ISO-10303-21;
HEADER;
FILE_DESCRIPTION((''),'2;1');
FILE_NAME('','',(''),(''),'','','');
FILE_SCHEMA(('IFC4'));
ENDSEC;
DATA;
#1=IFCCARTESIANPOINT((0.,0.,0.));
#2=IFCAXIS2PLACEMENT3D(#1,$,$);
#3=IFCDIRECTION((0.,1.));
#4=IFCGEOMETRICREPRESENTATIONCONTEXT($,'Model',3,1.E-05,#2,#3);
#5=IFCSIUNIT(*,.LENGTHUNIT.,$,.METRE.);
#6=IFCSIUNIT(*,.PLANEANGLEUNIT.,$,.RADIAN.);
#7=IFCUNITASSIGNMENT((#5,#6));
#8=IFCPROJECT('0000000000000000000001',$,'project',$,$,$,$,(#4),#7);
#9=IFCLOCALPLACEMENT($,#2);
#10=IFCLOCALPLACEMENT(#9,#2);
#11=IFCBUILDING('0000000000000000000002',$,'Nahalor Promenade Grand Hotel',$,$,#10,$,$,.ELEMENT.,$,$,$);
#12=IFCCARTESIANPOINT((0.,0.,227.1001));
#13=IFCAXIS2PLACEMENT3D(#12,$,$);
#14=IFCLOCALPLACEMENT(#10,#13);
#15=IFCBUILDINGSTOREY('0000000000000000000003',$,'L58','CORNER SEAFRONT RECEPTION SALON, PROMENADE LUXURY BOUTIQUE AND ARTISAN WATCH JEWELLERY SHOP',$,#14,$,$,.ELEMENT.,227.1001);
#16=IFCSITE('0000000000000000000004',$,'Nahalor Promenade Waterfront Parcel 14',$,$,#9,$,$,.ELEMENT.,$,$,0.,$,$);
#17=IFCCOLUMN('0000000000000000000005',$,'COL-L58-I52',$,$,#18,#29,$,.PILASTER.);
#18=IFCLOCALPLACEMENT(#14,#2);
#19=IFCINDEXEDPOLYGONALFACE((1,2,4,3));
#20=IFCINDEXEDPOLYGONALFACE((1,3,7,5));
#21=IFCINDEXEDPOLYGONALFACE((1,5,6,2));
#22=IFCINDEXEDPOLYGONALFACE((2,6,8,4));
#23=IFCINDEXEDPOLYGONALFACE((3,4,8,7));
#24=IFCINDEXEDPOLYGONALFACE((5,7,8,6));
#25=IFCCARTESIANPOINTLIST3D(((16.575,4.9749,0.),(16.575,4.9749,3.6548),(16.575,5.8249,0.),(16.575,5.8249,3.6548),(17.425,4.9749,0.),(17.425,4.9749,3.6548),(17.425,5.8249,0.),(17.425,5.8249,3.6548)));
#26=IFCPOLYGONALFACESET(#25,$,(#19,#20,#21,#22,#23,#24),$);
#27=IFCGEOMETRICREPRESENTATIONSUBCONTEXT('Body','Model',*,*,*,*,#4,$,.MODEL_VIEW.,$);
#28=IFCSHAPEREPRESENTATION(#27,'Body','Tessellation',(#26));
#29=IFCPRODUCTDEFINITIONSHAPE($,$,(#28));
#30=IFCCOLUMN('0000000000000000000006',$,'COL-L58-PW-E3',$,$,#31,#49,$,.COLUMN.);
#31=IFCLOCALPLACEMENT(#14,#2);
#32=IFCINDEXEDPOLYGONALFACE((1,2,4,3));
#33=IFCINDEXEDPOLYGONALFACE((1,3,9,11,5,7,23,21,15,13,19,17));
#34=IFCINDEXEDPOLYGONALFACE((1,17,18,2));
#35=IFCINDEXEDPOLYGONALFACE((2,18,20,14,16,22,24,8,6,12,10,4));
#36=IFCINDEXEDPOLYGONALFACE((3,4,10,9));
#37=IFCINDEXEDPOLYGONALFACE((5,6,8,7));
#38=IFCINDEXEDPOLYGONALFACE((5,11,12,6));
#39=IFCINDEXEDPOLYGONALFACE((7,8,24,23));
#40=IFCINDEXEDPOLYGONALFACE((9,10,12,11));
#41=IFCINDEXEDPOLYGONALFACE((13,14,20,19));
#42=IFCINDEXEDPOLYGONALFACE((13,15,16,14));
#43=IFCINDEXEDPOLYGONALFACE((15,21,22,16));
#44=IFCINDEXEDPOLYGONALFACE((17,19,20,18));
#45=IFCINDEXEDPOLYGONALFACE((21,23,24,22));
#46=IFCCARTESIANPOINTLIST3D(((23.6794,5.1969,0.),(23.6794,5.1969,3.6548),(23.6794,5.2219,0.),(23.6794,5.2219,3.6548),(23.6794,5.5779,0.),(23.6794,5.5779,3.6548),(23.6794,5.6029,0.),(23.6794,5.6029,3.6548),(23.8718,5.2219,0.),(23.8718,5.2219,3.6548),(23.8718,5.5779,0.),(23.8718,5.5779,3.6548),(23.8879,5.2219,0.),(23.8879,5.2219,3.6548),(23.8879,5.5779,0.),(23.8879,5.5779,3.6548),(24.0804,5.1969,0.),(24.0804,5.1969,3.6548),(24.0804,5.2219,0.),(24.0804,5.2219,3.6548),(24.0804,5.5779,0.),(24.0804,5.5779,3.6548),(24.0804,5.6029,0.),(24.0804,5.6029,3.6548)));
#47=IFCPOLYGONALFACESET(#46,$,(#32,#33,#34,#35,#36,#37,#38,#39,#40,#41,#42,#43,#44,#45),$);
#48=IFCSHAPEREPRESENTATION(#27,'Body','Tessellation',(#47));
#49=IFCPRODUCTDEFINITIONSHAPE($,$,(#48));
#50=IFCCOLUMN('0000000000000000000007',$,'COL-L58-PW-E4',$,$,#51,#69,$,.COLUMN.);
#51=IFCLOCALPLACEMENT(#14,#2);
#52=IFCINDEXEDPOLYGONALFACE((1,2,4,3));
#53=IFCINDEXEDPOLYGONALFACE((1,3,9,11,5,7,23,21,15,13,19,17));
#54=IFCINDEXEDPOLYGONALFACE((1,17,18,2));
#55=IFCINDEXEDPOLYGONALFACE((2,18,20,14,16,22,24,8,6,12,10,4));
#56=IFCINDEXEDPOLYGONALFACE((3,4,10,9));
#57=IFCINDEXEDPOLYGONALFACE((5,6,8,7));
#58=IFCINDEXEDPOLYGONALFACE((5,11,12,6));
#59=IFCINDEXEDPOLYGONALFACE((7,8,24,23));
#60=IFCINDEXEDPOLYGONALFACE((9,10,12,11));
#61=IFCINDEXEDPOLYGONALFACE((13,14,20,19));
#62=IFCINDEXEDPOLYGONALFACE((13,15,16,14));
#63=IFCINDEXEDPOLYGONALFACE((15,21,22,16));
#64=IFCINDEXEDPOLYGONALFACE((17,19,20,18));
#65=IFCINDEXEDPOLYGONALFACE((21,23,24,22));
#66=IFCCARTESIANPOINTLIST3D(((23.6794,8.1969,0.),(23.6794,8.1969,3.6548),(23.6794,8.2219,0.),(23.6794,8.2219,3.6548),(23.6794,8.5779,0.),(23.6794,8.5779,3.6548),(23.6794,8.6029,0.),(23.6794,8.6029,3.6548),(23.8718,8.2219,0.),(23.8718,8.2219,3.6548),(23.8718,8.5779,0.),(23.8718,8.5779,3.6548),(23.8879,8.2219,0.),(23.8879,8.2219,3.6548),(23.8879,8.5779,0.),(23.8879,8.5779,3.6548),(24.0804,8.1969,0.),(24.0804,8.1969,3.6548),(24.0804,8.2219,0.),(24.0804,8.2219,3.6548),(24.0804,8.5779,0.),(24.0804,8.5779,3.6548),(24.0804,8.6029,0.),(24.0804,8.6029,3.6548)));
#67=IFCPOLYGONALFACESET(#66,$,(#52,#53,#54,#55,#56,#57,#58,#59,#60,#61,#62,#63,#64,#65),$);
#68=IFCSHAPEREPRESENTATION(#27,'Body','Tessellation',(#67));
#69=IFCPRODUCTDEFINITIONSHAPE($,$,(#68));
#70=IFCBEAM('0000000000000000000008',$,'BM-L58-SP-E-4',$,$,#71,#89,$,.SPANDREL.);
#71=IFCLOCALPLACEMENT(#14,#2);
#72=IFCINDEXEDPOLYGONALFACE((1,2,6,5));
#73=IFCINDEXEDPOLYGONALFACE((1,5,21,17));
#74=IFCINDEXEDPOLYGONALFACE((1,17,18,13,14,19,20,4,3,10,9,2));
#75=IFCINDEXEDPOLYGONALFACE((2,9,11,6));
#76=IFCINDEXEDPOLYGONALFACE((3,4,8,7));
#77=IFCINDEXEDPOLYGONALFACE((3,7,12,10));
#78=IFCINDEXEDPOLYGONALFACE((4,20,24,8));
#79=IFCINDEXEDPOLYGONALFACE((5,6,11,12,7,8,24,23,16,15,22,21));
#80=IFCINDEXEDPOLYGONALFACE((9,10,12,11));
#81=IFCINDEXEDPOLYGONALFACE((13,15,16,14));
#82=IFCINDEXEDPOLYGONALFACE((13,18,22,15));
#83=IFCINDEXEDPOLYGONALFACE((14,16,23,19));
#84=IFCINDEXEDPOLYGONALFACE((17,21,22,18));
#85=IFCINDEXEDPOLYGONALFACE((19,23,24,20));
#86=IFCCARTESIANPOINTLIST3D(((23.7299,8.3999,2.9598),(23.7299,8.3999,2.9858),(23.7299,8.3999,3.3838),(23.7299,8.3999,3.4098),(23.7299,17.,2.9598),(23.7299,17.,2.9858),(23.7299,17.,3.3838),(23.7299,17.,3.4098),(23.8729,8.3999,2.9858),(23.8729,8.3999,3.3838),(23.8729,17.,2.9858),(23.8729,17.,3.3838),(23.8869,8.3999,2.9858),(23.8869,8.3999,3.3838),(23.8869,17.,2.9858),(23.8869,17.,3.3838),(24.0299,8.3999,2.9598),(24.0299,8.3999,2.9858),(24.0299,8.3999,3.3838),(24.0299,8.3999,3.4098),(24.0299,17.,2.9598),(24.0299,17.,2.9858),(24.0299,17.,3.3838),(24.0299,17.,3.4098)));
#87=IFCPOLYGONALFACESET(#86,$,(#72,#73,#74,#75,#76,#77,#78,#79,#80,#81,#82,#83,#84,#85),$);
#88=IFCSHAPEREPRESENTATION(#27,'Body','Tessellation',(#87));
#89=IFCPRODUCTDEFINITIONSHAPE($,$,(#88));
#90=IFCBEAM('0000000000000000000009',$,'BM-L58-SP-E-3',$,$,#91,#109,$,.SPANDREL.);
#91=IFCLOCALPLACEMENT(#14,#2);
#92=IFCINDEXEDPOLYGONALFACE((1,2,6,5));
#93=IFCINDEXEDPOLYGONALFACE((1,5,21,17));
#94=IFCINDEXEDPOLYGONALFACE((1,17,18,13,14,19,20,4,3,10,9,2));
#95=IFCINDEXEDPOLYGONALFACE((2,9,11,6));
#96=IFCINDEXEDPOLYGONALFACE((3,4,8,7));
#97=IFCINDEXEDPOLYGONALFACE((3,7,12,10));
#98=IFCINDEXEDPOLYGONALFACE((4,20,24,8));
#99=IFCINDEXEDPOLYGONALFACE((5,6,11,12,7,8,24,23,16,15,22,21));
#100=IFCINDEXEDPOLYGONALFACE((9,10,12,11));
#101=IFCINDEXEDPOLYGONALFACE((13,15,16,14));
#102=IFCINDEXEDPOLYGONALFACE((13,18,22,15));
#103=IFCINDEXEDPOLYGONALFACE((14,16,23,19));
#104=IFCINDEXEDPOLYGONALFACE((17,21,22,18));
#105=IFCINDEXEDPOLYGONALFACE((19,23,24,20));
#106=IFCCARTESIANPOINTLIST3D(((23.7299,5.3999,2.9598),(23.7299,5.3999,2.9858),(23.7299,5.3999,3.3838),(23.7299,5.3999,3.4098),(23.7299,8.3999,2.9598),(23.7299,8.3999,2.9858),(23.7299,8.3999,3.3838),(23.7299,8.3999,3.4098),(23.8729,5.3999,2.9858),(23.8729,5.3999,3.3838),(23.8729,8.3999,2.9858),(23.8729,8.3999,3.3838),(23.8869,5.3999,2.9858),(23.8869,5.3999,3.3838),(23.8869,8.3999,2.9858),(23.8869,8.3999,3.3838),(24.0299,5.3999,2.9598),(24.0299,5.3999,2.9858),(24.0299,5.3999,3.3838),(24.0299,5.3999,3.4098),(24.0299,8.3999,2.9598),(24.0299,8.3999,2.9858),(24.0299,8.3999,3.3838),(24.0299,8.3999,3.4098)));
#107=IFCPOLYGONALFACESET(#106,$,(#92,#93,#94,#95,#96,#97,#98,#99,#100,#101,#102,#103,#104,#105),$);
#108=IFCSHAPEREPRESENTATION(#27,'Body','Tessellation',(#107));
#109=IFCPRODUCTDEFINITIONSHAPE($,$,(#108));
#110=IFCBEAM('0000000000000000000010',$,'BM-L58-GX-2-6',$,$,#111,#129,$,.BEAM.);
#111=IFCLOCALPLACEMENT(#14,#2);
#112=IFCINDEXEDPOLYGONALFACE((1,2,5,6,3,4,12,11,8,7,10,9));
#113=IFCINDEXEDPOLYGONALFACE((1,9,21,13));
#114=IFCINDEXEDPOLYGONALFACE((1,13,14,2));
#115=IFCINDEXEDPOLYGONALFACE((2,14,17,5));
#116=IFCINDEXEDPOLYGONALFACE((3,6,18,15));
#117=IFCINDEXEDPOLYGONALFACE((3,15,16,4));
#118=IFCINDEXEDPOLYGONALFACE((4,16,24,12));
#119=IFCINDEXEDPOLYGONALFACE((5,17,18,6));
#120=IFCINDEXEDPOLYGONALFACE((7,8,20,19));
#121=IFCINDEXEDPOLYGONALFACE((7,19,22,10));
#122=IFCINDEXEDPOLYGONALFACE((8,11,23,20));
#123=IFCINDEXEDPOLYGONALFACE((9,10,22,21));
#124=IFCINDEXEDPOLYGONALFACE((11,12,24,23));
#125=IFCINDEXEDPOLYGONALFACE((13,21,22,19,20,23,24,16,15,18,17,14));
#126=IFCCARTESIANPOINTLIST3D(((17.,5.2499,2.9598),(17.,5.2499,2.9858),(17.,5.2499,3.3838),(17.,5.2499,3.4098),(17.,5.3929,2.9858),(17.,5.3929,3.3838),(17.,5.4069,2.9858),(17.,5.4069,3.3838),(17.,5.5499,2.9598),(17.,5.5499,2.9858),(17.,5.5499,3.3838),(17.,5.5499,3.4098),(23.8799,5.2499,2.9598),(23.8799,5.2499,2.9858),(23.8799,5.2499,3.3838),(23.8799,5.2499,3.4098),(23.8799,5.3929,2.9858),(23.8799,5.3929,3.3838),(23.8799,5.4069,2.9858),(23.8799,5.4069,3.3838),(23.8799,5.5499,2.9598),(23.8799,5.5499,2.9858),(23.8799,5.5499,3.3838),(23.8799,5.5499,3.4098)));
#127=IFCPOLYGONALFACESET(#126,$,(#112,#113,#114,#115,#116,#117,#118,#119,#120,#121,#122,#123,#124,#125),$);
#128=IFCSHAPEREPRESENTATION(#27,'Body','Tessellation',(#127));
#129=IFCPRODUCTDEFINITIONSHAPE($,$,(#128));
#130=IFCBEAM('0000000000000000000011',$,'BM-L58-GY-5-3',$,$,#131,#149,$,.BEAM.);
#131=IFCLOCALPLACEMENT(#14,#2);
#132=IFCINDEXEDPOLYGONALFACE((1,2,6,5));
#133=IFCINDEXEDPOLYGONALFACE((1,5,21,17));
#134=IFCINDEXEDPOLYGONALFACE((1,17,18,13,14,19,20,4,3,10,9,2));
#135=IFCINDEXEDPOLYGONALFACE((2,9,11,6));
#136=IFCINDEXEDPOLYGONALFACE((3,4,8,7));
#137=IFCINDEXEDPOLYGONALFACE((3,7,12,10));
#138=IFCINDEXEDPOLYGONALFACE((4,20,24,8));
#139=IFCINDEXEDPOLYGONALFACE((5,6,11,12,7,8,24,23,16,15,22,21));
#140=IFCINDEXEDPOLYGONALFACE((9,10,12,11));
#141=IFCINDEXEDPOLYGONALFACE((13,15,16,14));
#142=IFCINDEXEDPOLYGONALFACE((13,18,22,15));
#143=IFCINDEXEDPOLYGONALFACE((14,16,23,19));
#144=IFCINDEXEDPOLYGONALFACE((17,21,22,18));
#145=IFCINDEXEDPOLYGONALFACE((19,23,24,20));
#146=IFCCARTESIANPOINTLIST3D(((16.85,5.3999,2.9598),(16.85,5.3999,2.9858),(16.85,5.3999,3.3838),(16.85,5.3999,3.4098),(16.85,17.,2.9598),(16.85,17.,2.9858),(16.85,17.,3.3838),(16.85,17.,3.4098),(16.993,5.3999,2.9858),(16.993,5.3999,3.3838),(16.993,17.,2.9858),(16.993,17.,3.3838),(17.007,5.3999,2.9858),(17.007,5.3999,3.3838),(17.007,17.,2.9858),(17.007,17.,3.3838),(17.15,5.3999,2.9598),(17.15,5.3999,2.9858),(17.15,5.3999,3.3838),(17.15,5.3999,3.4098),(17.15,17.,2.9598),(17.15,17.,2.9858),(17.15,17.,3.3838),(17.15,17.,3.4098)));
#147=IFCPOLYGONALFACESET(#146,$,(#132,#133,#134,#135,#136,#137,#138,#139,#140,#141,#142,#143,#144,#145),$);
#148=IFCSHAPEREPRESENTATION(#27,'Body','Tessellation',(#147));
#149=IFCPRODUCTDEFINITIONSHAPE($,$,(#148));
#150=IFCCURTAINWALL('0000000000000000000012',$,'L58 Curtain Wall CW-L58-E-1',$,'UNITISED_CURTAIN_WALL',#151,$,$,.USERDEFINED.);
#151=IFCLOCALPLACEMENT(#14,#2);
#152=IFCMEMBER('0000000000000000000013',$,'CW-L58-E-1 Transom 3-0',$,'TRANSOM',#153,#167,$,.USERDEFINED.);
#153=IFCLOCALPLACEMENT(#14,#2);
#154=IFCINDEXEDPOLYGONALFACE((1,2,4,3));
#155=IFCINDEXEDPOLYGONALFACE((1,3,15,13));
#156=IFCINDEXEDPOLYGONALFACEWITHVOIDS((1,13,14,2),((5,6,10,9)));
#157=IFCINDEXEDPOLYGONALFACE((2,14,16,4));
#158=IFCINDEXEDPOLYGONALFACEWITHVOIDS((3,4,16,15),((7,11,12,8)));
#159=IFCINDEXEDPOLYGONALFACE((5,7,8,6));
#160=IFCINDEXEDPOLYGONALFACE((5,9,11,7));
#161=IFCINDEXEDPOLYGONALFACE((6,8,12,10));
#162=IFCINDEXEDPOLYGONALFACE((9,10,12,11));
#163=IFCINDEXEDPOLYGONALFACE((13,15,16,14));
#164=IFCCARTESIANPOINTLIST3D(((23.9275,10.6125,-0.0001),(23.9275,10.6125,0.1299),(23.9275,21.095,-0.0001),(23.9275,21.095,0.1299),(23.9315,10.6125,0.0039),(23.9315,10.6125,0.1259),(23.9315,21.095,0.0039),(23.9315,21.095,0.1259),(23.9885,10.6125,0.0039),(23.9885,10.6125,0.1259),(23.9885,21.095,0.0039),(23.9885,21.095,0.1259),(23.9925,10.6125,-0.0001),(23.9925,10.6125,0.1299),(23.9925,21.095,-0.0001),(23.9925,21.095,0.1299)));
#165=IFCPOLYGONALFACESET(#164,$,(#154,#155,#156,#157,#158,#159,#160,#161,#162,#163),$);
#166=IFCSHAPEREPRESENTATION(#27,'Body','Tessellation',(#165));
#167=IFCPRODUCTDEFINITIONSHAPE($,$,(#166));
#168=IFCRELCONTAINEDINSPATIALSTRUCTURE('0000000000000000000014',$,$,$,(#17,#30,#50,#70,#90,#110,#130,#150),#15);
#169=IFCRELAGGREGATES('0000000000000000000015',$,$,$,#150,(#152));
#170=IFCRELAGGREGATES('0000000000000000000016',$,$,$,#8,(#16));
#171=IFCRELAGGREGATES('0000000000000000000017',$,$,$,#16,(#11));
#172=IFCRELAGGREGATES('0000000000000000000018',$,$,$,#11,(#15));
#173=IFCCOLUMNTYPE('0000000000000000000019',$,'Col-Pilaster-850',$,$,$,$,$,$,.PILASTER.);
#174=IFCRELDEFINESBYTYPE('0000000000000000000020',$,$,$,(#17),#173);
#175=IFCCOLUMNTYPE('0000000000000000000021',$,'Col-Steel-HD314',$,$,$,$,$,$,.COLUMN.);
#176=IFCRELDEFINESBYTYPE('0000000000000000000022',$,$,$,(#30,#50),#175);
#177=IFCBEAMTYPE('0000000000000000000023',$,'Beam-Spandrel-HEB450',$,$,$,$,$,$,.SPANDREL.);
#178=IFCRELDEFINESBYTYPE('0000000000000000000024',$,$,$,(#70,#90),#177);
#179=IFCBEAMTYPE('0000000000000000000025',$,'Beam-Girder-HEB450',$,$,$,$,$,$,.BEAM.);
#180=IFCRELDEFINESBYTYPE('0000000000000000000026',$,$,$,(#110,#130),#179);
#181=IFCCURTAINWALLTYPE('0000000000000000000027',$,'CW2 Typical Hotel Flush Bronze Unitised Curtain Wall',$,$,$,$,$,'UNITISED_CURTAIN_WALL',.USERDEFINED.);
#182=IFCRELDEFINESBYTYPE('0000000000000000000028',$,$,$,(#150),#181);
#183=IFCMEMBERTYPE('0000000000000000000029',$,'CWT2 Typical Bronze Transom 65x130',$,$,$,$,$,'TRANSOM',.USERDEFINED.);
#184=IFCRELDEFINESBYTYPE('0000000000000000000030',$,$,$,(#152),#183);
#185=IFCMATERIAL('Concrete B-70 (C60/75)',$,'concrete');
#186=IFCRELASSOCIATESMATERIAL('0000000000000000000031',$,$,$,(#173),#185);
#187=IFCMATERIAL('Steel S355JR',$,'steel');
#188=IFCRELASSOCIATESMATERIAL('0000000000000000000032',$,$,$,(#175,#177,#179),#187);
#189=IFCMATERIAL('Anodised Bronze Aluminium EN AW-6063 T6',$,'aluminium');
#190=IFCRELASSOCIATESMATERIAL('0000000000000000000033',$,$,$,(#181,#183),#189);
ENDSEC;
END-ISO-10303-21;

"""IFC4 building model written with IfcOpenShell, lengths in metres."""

from ifc_helpers import new_model, si_unit, direction, frame, origin, origin_2d, place, context, subcontext, project, spatial, rectangle, hollow_rectangle, i_section, extrude, source, transform, mapped, material, material_profile, profile_set, type_object, element, aggregate, save


model = new_model("IFC4")

# Units and contexts
model_context = context("Model", 3, precision=1e-05, world=origin(), true_north=direction((0.0, 1.0)))
body_context = subcontext(model_context, "Body", "Model", "MODEL_VIEW")
ifc_project = project(units=[si_unit("LENGTHUNIT", "METRE"), si_unit("PLANEANGLEUNIT", "RADIAN")], contexts=[model_context])

# Site, building, storey
site_placement = place(None, origin())
site = spatial("IfcSite", under=ifc_project, at=site_placement, Name="Nahalor Promenade Waterfront Parcel 14", CompositionType="ELEMENT", RefElevation=0.0)
building_placement = place(site_placement, origin())
building = spatial("IfcBuilding", under=site, at=building_placement, Name="Nahalor Promenade Grand Hotel", CompositionType="ELEMENT")
storey_placement = place(building_placement, frame((0.0, 0.0, 227.1001)))
storey = spatial("IfcBuildingStorey", under=building, at=storey_placement, Name="L58", Description="CORNER SEAFRONT RECEPTION SALON, PROMENADE LUXURY BOUTIQUE AND ARTISAN WATCH JEWELLERY SHOP", CompositionType="ELEMENT", Elevation=227.1001)

# Columns
ifc_material_1 = material(Name="Concrete B-70 (C60/75)", Category="concrete")
ifc_material_profile_1 = material_profile(ifc_material_1, rectangle(XDim=0.85, YDim=0.85, at=origin_2d()), Name="RC 850x850")
ifc_profile_set_1 = profile_set([ifc_material_profile_1], Name="Concrete B-70 (C60/75)")
column_type_1 = type_object("IfcColumnType", Name="Col-Pilaster-850", PredefinedType="PILASTER", material=ifc_profile_set_1)
shared_shape_1 = source(origin(), body_context, "Body", "SweptSolid", [
    extrude(rectangle(XDim=0.85, YDim=0.85, at=origin_2d()), origin(), (0.0, 0.0, 1.0), 3.6548),
])
column_placement = place(storey_placement, frame((17.0, 5.3999, 0.0), z_axis=(0.0, 0.0, 1.0), x_axis=(1.0, 0.0, 0.0)))
element("IfcColumn", 1, at=column_placement, inside=storey, type_object=column_type_1, Name="COL-L58-I52", PredefinedType="PILASTER", context=body_context, shape_type="MappedRepresentation", body=[
    mapped(shared_shape_1, transform((0.0, 0.0, 0.0), scale=1.0)),
])
ifc_material_2 = material(Name="Steel S355JR", Category="steel")
ifc_material_profile_2 = material_profile(ifc_material_2, i_section(OverallWidth=0.401, OverallDepth=0.406, WebThickness=0.0161, FlangeThickness=0.025, at=origin_2d()), Name="HD 400x314")
ifc_profile_set_2 = profile_set([ifc_material_profile_2], Name="Steel S355JR")
column_type_2 = type_object("IfcColumnType", Name="Col-Steel-HD314", PredefinedType="COLUMN", material=ifc_profile_set_2)
shared_shape_2 = source(origin(), body_context, "Body", "SweptSolid", [
    extrude(i_section(OverallWidth=0.401, OverallDepth=0.406, WebThickness=0.0161, FlangeThickness=0.025, at=origin_2d()), origin(), (0.0, 0.0, 1.0), 3.6548),
])
for number, where, z_axis, x_axis, name in (
    (2, (23.8799, 5.3999, 0.0), (0.0, 0.0, 1.0), (1.0, 0.0, 0.0), "COL-L58-PW-E3"),
    (3, (23.8799, 8.3999, 0.0), (0.0, 0.0, 1.0), (1.0, 0.0, 0.0), "COL-L58-PW-E4"),
):
    element("IfcColumn", number, at=place(storey_placement, frame(where, z_axis=z_axis, x_axis=x_axis)), inside=storey, type_object=column_type_2, Name=name, PredefinedType="COLUMN", context=body_context, shape_type="MappedRepresentation", body=[
        mapped(shared_shape_2, transform((0.0, 0.0, 0.0), scale=1.0)),
    ])

# Beams
ifc_material_profile_3 = material_profile(ifc_material_2, i_section(OverallWidth=0.3, OverallDepth=0.45, WebThickness=0.014, FlangeThickness=0.026, at=origin_2d()), Name="HEB 450")
ifc_profile_set_3 = profile_set([ifc_material_profile_3], Name="Steel S355JR")
beam_type_1 = type_object("IfcBeamType", Name="Beam-Spandrel-HEB450", PredefinedType="SPANDREL", material=ifc_profile_set_3)
shared_shape_3 = source(origin(), body_context, "Body", "SweptSolid", [
    extrude(i_section(OverallWidth=0.3, OverallDepth=0.45, WebThickness=0.014, FlangeThickness=0.026, at=origin_2d()), origin(), (0.0, 0.0, 1.0), 8.6001),
])
beam_1_placement = place(storey_placement, frame((23.8799, 8.3999, 3.1848), z_axis=(0.0, 1.0, 0.0), x_axis=(-1.0, 0.0, 0.0)))
element("IfcBeam", 4, at=beam_1_placement, inside=storey, type_object=beam_type_1, Name="BM-L58-SP-E-4", PredefinedType="SPANDREL", context=body_context, shape_type="MappedRepresentation", body=[
    mapped(shared_shape_3, transform((0.0, 0.0, 0.0), scale=1.0)),
])
shared_shape_4 = source(origin(), body_context, "Body", "SweptSolid", [
    extrude(i_section(OverallWidth=0.3, OverallDepth=0.45, WebThickness=0.014, FlangeThickness=0.026, at=origin_2d()), origin(), (0.0, 0.0, 1.0), 3.0),
])
beam_2_placement = place(storey_placement, frame((23.8799, 5.3999, 3.1848), z_axis=(0.0, 1.0, 0.0), x_axis=(-1.0, 0.0, 0.0)))
element("IfcBeam", 5, at=beam_2_placement, inside=storey, type_object=beam_type_1, Name="BM-L58-SP-E-3", PredefinedType="SPANDREL", context=body_context, shape_type="MappedRepresentation", body=[
    mapped(shared_shape_4, transform((0.0, 0.0, 0.0), scale=1.0)),
])
ifc_material_profile_4 = material_profile(ifc_material_2, i_section(OverallWidth=0.3, OverallDepth=0.45, WebThickness=0.014, FlangeThickness=0.026, at=origin_2d()), Name="HEB 450")
ifc_profile_set_4 = profile_set([ifc_material_profile_4], Name="Steel S355JR")
beam_type_2 = type_object("IfcBeamType", Name="Beam-Girder-HEB450", PredefinedType="BEAM", material=ifc_profile_set_4)
shared_shape_5 = source(origin(), body_context, "Body", "SweptSolid", [
    extrude(i_section(OverallWidth=0.3, OverallDepth=0.45, WebThickness=0.014, FlangeThickness=0.026, at=origin_2d()), origin(), (0.0, 0.0, 1.0), 6.8799),
])
beam_3_placement = place(storey_placement, frame((17.0, 5.3999, 3.1848), z_axis=(1.0, 0.0, 0.0), x_axis=(0.0, 1.0, 0.0)))
element("IfcBeam", 6, at=beam_3_placement, inside=storey, type_object=beam_type_2, Name="BM-L58-GX-2-6", PredefinedType="BEAM", context=body_context, shape_type="MappedRepresentation", body=[
    mapped(shared_shape_5, transform((0.0, 0.0, 0.0), scale=1.0)),
])
shared_shape_6 = source(origin(), body_context, "Body", "SweptSolid", [
    extrude(i_section(OverallWidth=0.3, OverallDepth=0.45, WebThickness=0.014, FlangeThickness=0.026, at=origin_2d()), origin(), (0.0, 0.0, 1.0), 11.6001),
])
beam_4_placement = place(storey_placement, frame((17.0, 5.3999, 3.1848), z_axis=(0.0, 1.0, 0.0), x_axis=(-1.0, 0.0, 0.0)))
element("IfcBeam", 7, at=beam_4_placement, inside=storey, type_object=beam_type_2, Name="BM-L58-GY-5-3", PredefinedType="BEAM", context=body_context, shape_type="MappedRepresentation", body=[
    mapped(shared_shape_6, transform((0.0, 0.0, 0.0), scale=1.0)),
])

# Curtain wall, member
ifc_material_3 = material(Name="Anodised Bronze Aluminium EN AW-6063 T6", Category="aluminium")
curtain_wall_type = type_object("IfcCurtainWallType", Name="CW2 Typical Hotel Flush Bronze Unitised Curtain Wall", ElementType="UNITISED_CURTAIN_WALL", PredefinedType="USERDEFINED", material=ifc_material_3)
curtain_wall_placement = place(storey_placement, origin())
curtain_wall = element("IfcCurtainWall", 8, at=curtain_wall_placement, inside=storey, type_object=curtain_wall_type, Name="L58 Curtain Wall CW-L58-E-1", ObjectType="UNITISED_CURTAIN_WALL", PredefinedType="USERDEFINED")
ifc_material_profile_5 = material_profile(ifc_material_3, hollow_rectangle(XDim=0.065, YDim=0.13, WallThickness=0.004, at=origin_2d()), Name="CWT 65x130x4")
ifc_profile_set_5 = profile_set([ifc_material_profile_5], Name="Anodised Bronze Aluminium EN AW-6063 T6")
member_type_1 = type_object("IfcMemberType", Name="CWT2 Typical Bronze Transom 65x130", ElementType="TRANSOM", PredefinedType="USERDEFINED", material=ifc_profile_set_5)
shared_shape_7 = source(origin(), body_context, "Body", "SweptSolid", [
    extrude(hollow_rectangle(XDim=0.065, YDim=0.13, WallThickness=0.004, at=origin_2d()), origin(), (0.0, 0.0, 1.0), 10.4824),
])
member_1_placement = place(storey_placement, frame((23.96, 10.6125, 0.0649), z_axis=(0.0, 1.0, 0.0), x_axis=(-1.0, 0.0, 0.0)))
member_1 = element("IfcMember", 9, at=member_1_placement, type_object=member_type_1, Name="CW-L58-E-1 Transom 3-0", ObjectType="TRANSOM", PredefinedType="USERDEFINED", context=body_context, shape_type="MappedRepresentation", body=[
    mapped(shared_shape_7, transform((0.0, 0.0, 0.0), scale=1.0)),
])
aggregate(curtain_wall, [member_1])

save(model, "model.ifc")
